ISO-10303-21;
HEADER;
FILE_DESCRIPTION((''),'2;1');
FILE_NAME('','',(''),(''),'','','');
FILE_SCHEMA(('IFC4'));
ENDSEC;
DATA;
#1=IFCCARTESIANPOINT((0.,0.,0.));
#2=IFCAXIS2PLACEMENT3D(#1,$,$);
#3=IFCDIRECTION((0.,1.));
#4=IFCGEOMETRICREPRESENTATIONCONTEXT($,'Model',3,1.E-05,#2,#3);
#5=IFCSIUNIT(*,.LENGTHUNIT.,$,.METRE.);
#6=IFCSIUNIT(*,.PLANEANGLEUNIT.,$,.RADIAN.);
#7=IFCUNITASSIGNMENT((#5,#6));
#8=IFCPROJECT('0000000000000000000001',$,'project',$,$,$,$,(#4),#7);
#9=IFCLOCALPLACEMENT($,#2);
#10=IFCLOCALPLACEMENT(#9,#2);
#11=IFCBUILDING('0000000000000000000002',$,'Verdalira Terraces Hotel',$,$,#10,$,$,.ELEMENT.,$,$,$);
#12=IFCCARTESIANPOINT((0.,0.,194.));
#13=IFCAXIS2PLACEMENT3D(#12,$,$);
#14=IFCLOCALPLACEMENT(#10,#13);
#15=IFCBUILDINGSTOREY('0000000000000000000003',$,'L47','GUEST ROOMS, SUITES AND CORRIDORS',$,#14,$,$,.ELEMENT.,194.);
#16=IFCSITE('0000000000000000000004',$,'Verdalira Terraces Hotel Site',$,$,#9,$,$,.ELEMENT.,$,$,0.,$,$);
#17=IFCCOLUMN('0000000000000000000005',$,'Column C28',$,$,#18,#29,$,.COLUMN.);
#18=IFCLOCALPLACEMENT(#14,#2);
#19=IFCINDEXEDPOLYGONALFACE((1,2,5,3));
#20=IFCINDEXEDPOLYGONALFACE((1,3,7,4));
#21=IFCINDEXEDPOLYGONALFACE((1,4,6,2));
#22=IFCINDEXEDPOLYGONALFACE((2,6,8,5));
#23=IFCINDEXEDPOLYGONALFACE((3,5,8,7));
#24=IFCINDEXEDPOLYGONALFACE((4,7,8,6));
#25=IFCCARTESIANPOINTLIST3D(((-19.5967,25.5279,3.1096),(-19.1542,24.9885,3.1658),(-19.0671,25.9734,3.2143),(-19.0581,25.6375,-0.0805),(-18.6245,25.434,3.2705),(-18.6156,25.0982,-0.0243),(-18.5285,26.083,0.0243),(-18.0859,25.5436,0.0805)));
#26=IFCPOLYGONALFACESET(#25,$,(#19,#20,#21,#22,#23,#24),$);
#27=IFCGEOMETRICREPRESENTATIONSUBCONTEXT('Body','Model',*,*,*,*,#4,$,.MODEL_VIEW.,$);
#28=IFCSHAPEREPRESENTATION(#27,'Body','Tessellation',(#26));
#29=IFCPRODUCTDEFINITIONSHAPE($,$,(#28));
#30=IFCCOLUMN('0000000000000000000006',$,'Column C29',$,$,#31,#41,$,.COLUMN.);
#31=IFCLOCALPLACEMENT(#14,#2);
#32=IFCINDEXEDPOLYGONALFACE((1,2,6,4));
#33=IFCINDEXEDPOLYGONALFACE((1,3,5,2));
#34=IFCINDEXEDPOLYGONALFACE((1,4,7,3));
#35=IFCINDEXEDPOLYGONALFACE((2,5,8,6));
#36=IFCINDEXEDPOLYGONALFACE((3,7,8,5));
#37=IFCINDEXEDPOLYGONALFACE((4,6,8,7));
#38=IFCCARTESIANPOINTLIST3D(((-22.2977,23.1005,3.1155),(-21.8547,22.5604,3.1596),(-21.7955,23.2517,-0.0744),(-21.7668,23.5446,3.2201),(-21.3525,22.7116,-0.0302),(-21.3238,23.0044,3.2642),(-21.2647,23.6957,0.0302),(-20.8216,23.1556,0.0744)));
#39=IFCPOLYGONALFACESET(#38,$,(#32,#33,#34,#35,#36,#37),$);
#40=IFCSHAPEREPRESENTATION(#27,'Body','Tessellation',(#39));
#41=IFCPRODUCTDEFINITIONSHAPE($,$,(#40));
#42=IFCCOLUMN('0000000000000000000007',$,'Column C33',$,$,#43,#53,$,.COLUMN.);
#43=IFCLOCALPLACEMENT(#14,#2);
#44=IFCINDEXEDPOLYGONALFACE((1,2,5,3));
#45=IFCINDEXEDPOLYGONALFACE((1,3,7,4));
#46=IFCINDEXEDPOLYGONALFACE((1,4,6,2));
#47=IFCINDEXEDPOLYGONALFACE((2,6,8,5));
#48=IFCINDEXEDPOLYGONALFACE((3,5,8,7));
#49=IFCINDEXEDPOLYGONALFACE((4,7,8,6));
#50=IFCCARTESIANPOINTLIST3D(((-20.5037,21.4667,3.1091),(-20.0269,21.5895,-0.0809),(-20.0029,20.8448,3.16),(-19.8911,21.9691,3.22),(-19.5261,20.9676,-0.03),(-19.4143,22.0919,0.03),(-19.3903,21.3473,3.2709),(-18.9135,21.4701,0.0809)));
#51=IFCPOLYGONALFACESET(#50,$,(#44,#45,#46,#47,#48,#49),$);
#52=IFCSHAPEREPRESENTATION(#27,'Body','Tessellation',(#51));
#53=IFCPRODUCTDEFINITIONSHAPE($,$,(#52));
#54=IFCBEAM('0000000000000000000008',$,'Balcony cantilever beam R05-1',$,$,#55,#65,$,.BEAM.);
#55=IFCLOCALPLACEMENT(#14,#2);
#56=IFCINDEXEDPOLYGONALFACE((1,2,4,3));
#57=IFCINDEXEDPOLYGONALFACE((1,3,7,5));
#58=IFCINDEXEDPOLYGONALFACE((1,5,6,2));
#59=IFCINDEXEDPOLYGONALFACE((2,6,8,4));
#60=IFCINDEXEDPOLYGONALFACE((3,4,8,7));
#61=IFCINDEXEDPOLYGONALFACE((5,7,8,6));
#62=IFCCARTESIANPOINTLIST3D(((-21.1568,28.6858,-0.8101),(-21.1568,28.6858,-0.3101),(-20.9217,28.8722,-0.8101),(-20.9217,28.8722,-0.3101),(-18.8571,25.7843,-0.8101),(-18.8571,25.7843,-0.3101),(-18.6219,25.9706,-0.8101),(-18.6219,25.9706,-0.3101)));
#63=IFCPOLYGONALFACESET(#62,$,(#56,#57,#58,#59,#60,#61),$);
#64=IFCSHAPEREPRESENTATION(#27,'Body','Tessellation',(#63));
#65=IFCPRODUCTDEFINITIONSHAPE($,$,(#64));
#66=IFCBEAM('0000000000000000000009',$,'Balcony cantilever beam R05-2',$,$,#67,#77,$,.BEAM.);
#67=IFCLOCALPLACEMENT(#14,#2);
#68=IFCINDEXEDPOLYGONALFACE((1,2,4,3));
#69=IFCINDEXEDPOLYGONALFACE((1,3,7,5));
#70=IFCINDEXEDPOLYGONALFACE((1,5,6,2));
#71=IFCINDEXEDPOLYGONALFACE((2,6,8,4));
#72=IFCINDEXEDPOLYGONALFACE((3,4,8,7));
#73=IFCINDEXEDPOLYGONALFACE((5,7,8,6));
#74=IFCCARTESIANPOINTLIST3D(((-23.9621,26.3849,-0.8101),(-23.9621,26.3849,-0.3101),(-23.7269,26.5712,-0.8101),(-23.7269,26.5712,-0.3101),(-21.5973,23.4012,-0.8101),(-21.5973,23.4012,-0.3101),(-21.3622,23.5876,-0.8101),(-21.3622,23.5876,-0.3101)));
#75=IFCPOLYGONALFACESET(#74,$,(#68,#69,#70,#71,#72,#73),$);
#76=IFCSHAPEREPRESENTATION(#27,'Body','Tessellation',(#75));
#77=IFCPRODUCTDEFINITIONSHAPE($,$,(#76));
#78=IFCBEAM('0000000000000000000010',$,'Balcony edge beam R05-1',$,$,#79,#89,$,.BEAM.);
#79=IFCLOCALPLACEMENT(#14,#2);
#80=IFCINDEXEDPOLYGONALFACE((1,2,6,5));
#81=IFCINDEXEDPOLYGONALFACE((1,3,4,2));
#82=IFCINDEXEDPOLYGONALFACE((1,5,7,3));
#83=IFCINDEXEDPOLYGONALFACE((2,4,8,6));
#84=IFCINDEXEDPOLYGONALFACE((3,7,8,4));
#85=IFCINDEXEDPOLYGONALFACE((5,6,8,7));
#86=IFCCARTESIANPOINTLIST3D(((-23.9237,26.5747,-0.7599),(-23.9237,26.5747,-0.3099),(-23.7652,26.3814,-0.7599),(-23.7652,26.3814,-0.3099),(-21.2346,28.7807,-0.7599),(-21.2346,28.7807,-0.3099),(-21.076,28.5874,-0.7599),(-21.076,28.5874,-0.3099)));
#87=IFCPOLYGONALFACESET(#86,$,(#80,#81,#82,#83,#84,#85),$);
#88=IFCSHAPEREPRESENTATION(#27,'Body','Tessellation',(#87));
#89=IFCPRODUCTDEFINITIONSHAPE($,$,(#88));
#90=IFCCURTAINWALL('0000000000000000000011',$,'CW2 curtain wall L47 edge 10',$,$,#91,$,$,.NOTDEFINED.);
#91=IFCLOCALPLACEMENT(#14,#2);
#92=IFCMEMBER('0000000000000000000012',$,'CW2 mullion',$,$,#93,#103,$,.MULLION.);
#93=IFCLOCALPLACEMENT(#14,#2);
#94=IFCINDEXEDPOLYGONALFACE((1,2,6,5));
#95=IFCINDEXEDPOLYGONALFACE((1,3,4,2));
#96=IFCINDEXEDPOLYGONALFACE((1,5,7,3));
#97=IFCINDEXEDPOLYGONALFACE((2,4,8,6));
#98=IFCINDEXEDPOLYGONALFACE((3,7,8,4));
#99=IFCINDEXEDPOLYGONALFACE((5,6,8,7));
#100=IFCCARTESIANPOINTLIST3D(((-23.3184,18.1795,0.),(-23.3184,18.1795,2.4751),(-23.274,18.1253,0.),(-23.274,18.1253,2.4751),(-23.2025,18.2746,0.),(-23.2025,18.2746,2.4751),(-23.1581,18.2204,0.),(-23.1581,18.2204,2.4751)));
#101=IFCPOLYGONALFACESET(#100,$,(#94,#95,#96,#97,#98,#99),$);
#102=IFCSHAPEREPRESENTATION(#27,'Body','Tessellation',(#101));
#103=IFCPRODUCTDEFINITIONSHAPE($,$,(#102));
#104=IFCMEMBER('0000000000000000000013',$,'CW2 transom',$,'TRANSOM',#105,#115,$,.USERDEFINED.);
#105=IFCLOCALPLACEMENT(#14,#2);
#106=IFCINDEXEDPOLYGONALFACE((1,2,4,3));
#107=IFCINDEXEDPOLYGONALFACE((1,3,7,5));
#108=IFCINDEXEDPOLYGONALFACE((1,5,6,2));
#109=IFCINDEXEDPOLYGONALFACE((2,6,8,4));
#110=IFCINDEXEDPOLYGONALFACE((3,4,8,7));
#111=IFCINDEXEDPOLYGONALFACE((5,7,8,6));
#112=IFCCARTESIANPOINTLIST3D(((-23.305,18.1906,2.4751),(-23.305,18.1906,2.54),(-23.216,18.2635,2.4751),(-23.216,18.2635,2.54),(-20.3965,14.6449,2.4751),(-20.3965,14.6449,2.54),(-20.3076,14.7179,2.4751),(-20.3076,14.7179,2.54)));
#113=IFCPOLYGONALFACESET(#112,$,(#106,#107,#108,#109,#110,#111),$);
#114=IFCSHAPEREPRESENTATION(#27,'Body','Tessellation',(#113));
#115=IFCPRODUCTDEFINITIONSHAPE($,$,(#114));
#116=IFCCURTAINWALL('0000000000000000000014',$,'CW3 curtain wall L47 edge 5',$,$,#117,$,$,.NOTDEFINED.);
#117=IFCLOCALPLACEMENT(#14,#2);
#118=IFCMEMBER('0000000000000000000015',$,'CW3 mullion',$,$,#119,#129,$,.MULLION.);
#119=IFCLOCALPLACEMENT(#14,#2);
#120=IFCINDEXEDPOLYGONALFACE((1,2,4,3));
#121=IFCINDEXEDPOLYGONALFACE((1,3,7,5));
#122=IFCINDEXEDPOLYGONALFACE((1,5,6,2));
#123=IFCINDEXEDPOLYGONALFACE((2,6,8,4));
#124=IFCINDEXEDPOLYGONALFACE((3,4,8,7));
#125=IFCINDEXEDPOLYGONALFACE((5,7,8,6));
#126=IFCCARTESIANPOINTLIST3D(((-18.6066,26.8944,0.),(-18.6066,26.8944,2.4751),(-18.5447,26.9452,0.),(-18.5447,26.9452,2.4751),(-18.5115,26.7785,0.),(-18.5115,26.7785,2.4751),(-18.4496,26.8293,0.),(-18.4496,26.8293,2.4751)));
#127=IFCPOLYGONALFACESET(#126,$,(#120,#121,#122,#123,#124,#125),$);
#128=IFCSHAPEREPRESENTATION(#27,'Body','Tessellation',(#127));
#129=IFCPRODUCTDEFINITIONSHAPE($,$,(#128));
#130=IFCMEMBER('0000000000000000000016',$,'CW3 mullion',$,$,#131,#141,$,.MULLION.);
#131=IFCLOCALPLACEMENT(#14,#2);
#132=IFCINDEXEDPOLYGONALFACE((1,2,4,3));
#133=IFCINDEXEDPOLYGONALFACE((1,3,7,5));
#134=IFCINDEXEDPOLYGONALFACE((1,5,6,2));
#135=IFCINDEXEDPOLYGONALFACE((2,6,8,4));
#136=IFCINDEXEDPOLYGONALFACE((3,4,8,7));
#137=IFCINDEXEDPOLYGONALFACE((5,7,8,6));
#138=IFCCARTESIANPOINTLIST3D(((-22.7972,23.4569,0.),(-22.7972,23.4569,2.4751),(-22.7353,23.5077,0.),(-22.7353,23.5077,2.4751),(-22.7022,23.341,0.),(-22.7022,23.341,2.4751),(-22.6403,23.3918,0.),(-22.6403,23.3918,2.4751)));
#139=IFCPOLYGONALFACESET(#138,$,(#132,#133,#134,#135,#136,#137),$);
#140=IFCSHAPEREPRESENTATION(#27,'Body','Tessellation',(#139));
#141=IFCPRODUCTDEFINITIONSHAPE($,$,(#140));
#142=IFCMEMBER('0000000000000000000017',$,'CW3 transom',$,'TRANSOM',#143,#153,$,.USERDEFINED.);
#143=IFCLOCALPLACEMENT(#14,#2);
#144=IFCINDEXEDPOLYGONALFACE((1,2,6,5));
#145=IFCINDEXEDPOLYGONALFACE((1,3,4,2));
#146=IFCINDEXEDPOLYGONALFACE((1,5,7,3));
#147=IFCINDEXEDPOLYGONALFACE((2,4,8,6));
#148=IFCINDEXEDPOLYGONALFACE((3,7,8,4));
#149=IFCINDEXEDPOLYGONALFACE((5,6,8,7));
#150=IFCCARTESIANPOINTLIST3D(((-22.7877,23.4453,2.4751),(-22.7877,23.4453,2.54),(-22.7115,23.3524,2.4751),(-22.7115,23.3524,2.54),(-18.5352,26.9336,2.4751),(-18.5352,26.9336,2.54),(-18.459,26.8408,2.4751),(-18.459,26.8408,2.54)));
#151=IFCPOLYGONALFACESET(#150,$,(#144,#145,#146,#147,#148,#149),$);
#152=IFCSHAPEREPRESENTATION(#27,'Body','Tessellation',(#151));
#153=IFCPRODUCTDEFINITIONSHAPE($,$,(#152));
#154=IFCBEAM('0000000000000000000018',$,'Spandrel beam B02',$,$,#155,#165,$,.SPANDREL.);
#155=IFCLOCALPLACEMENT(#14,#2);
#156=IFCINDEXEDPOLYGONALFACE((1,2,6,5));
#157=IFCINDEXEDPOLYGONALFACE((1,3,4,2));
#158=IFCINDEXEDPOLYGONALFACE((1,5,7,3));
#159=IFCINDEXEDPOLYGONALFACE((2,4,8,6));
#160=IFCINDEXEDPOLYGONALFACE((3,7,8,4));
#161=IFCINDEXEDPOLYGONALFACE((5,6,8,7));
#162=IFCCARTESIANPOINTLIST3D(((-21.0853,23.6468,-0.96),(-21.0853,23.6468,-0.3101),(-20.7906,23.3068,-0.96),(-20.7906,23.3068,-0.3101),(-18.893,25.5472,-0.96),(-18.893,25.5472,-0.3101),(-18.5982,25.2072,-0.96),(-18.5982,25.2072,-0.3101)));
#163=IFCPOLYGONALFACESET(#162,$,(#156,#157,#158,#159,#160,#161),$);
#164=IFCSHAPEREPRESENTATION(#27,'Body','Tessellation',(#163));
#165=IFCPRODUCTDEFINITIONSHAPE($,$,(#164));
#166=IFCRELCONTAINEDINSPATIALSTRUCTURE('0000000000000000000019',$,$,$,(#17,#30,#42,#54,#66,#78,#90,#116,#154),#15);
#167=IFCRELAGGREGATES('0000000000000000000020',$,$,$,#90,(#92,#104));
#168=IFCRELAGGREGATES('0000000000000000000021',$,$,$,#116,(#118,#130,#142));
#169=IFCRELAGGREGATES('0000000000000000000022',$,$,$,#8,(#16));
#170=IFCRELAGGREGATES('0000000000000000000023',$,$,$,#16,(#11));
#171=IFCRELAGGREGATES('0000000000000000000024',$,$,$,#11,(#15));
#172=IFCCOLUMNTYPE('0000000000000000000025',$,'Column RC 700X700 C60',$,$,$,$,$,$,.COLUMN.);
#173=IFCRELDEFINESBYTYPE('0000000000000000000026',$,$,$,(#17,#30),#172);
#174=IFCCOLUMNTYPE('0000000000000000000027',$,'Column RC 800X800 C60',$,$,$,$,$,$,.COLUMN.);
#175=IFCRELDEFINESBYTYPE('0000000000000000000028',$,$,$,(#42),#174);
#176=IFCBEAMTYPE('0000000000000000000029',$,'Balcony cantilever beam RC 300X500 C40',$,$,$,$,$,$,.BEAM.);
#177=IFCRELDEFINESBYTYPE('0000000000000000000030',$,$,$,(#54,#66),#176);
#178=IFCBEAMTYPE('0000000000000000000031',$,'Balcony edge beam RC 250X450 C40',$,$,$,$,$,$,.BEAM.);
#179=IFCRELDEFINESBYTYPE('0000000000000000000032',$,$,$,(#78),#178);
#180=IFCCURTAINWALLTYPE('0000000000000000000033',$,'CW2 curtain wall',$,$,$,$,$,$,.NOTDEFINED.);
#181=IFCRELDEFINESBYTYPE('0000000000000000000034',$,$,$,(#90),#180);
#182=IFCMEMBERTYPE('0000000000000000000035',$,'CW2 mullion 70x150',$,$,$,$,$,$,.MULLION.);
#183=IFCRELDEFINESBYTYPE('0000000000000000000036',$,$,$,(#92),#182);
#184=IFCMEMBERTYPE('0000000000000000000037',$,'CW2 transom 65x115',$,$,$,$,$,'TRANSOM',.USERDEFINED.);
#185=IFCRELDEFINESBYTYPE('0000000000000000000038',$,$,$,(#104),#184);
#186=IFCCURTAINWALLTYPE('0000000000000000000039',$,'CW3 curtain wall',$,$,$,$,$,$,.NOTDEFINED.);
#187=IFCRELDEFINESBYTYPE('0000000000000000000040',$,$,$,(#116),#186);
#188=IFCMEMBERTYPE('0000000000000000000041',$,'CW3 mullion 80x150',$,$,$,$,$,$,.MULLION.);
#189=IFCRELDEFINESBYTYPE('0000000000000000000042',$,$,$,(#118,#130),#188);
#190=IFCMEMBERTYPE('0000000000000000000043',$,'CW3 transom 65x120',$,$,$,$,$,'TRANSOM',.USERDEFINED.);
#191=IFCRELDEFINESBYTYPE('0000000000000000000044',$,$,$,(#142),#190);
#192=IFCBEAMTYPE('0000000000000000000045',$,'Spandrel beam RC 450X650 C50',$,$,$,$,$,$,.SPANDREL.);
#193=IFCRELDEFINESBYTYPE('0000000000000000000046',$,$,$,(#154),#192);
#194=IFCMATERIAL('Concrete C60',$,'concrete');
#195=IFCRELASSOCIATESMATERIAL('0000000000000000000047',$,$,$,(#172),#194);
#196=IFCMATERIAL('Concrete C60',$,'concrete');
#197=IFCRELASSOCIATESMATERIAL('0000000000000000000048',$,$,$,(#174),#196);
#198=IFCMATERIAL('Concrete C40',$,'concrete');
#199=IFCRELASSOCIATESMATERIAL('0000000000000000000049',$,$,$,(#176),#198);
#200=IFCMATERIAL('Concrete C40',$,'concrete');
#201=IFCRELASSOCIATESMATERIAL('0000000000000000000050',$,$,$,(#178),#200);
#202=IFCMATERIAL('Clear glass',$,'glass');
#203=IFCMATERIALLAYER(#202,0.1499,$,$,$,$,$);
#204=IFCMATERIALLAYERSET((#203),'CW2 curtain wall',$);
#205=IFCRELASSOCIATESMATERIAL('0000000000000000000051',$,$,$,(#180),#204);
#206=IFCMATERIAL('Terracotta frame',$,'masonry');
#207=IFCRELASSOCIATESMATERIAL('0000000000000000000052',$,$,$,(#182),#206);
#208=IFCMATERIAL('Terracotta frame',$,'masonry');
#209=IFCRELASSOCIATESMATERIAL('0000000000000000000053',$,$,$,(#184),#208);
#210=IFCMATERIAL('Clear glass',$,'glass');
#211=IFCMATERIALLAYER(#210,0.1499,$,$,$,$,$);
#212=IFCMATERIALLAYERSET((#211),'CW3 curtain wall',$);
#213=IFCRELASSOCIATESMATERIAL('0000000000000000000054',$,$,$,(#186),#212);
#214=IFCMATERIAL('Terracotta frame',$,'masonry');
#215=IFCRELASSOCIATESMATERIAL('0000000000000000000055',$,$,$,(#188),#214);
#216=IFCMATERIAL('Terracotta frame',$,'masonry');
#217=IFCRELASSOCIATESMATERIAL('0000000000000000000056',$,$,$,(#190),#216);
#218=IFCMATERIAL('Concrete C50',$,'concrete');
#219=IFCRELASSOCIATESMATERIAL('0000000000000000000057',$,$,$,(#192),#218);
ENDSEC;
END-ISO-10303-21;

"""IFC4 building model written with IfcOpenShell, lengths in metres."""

from ifc_helpers import new_model, si_unit, direction, frame, origin, origin_2d, place, context, subcontext, project, spatial, rectangle, extrude, material, layer, layer_set, material_profile, profile_set, type_object, element, aggregate, save


model = new_model("IFC4")

# Units and contexts
model_context = context("Model", 3, precision=1e-05, world=origin(), true_north=direction((0.0, 1.0)))
body_context = subcontext(model_context, "Body", "Model", "MODEL_VIEW")
ifc_project = project(units=[si_unit("LENGTHUNIT", "METRE"), si_unit("PLANEANGLEUNIT", "RADIAN")], contexts=[model_context])

# Site, building, storey
site_placement = place(None, origin())
site = spatial("IfcSite", under=ifc_project, at=site_placement, Name="Verdalira Terraces Hotel Site", CompositionType="ELEMENT", RefElevation=0.0)
building_placement = place(site_placement, origin())
building = spatial("IfcBuilding", under=site, at=building_placement, Name="Verdalira Terraces Hotel", CompositionType="ELEMENT")
storey_placement = place(building_placement, frame((0.0, 0.0, 194.0)))
storey = spatial("IfcBuildingStorey", under=building, at=storey_placement, Name="L47", Description="GUEST ROOMS, SUITES AND CORRIDORS", CompositionType="ELEMENT", Elevation=194.0)

# Columns
ifc_material_1 = material(Name="Concrete C60", Category="concrete")
ifc_material_profile_1 = material_profile(ifc_material_1, rectangle(XDim=0.7, YDim=0.7, at=origin_2d()), Name="RC 700X700")
ifc_profile_set_1 = profile_set([ifc_material_profile_1], Name="Concrete C60")
column_type_1 = type_object("IfcColumnType", Name="Column RC 700X700 C60", PredefinedType="COLUMN", material=ifc_profile_set_1)
column_1_placement = place(storey_placement, frame((-18.572, 25.5906, 0.0), z_axis=(-0.166384, -0.033865, 0.985479), x_axis=(-0.756669, -0.636447, -0.149623)))
element("IfcColumn", 1, at=column_1_placement, inside=storey, type_object=column_type_1, Name="Column C28", PredefinedType="COLUMN", context=body_context, shape_type="SweptSolid", body=[
    extrude(rectangle(XDim=0.7, YDim=0.7, at=origin_2d()), origin(), (0.0, 0.0, 1.0), 3.2371),
])
column_2_placement = place(storey_placement, frame((-21.3086, 23.2036, 0.0), z_axis=(-0.155346, -0.046747, 0.986753), x_axis=(-0.758462, -0.634348, -0.149458)))
element("IfcColumn", 2, at=column_2_placement, inside=storey, type_object=column_type_1, Name="Column C29", PredefinedType="COLUMN", context=body_context, shape_type="SweptSolid", body=[
    extrude(rectangle(XDim=0.7, YDim=0.7, at=origin_2d()), origin(), (0.0, 0.0, 1.0), 3.2327),
])
ifc_material_2 = material(Name="Concrete C60", Category="concrete")
ifc_material_profile_2 = material_profile(ifc_material_2, rectangle(XDim=0.8, YDim=0.8, at=origin_2d()), Name="RC 800X800")
ifc_profile_set_2 = profile_set([ifc_material_profile_2], Name="Concrete C60")
column_type_2 = type_object("IfcColumnType", Name="Column RC 800X800 C60", PredefinedType="COLUMN", material=ifc_profile_set_2)
column_3_placement = place(storey_placement, frame((-19.4702, 21.5298, 0.0), z_axis=(-0.147723, -0.038046, 0.988297), x_axis=(-0.625986, 0.777233, -0.063646)))
element("IfcColumn", 3, at=column_3_placement, inside=storey, type_object=column_type_2, Name="Column C33", PredefinedType="COLUMN", context=body_context, shape_type="SweptSolid", body=[
    extrude(rectangle(XDim=0.8, YDim=0.8, at=origin_2d()), origin(), (0.0, 0.0, 1.0), 3.2278),
])

# Beams
ifc_material_3 = material(Name="Concrete C40", Category="concrete")
ifc_material_profile_3 = material_profile(ifc_material_3, rectangle(XDim=0.3, YDim=0.5, at=origin_2d()), Name="RC 300X500")
ifc_profile_set_3 = profile_set([ifc_material_profile_3], Name="Concrete C40")
beam_type_1 = type_object("IfcBeamType", Name="Balcony cantilever beam RC 300X500 C40", PredefinedType="BEAM", material=ifc_profile_set_3)
beam_1_placement = place(storey_placement, frame((-18.7395, 25.8774, -0.5601), z_axis=(-0.62115, 0.783691, 0.0), x_axis=(-0.783691, -0.62115, 0.0)))
element("IfcBeam", 4, at=beam_1_placement, inside=storey, type_object=beam_type_1, Name="Balcony cantilever beam R05-1", PredefinedType="BEAM", context=body_context, shape_type="SweptSolid", body=[
    extrude(rectangle(XDim=0.3, YDim=0.5, at=origin_2d()), origin(), (0.0, 0.0, 1.0), 3.7024),
])
beam_2_placement = place(storey_placement, frame((-21.4797, 23.4944, -0.5601), z_axis=(-0.621138, 0.783701, 0.0), x_axis=(-0.783701, -0.621138, 0.0)))
element("IfcBeam", 5, at=beam_2_placement, inside=storey, type_object=beam_type_1, Name="Balcony cantilever beam R05-2", PredefinedType="BEAM", context=body_context, shape_type="SweptSolid", body=[
    extrude(rectangle(XDim=0.3, YDim=0.5, at=origin_2d()), origin(), (0.0, 0.0, 1.0), 3.8071),
])
ifc_material_4 = material(Name="Concrete C40", Category="concrete")
ifc_material_profile_4 = material_profile(ifc_material_4, rectangle(XDim=0.25, YDim=0.45, at=origin_2d()), Name="RC 250X450")
ifc_profile_set_4 = profile_set([ifc_material_profile_4], Name="Concrete C40")
beam_type_2 = type_object("IfcBeamType", Name="Balcony edge beam RC 250X450 C40", PredefinedType="BEAM", material=ifc_profile_set_4)
beam_3_placement = place(storey_placement, frame((-21.1553, 28.6841, -0.5349), z_axis=(-0.77314, -0.634235, 0.0), x_axis=(0.634235, -0.77314, 0.0)))
element("IfcBeam", 6, at=beam_3_placement, inside=storey, type_object=beam_type_2, Name="Balcony edge beam R05-1", PredefinedType="BEAM", context=body_context, shape_type="SweptSolid", body=[
    extrude(rectangle(XDim=0.25, YDim=0.45, at=origin_2d()), origin(), (0.0, 0.0, 1.0), 3.4783),
])

# Curtain walls, members
ifc_material_5 = material(Name="Clear glass", Category="glass")
ifc_layer_1 = layer(ifc_material_5, 0.1499)
ifc_layer_set_1 = layer_set([ifc_layer_1], Name="CW2 curtain wall")
curtain_wall_type_1 = type_object("IfcCurtainWallType", Name="CW2 curtain wall", PredefinedType="NOTDEFINED", material=ifc_layer_set_1)
curtain_wall_1_placement = place(storey_placement, origin())
curtain_wall_1 = element("IfcCurtainWall", 7, at=curtain_wall_1_placement, inside=storey, type_object=curtain_wall_type_1, Name="CW2 curtain wall L47 edge 10", PredefinedType="NOTDEFINED")
ifc_material_6 = material(Name="Terracotta frame", Category="masonry")
ifc_material_profile_5 = material_profile(ifc_material_6, rectangle(XDim=0.0701, YDim=0.1499, at=origin_2d()), Name="MU 70x150")
ifc_profile_set_5 = profile_set([ifc_material_profile_5], Name="Terracotta frame")
member_type_1 = type_object("IfcMemberType", Name="CW2 mullion 70x150", PredefinedType="MULLION", material=ifc_profile_set_5)
member_1_placement = place(storey_placement, frame((-23.2383, 18.2, 0.0), z_axis=(0.0, 0.0, 1.0), x_axis=(0.634191, -0.773177, 0.0)))
member_1 = element("IfcMember", 8, at=member_1_placement, type_object=member_type_1, Name="CW2 mullion", PredefinedType="MULLION", context=body_context, shape_type="SweptSolid", body=[
    extrude(rectangle(XDim=0.0701, YDim=0.1499, at=origin_2d()), origin(), (0.0, 0.0, 1.0), 2.4751),
])
ifc_material_7 = material(Name="Terracotta frame", Category="masonry")
ifc_material_profile_6 = material_profile(ifc_material_7, rectangle(XDim=0.115, YDim=0.0649, at=origin_2d()), Name="TR 65x115")
ifc_profile_set_6 = profile_set([ifc_material_profile_6], Name="Terracotta frame")
member_type_2 = type_object("IfcMemberType", Name="CW2 transom 65x115", ElementType="TRANSOM", PredefinedType="USERDEFINED", material=ifc_profile_set_6)
member_2_placement = place(storey_placement, frame((-23.2605, 18.2271, 2.5076), z_axis=(0.634211, -0.77316, 0.0), x_axis=(0.77316, 0.634211, 0.0)))
member_2 = element("IfcMember", 9, at=member_2_placement, type_object=member_type_2, Name="CW2 transom", ObjectType="TRANSOM", PredefinedType="USERDEFINED", context=body_context, shape_type="SweptSolid", body=[
    extrude(rectangle(XDim=0.115, YDim=0.0649, at=origin_2d()), origin(), (0.0, 0.0, 1.0), 4.5859),
])
aggregate(curtain_wall_1, [member_1, member_2])
ifc_material_8 = material(Name="Clear glass", Category="glass")
ifc_layer_2 = layer(ifc_material_8, 0.1499)
ifc_layer_set_2 = layer_set([ifc_layer_2], Name="CW3 curtain wall")
curtain_wall_type_2 = type_object("IfcCurtainWallType", Name="CW3 curtain wall", PredefinedType="NOTDEFINED", material=ifc_layer_set_2)
curtain_wall_2_placement = place(storey_placement, origin())
curtain_wall_2 = element("IfcCurtainWall", 10, at=curtain_wall_2_placement, inside=storey, type_object=curtain_wall_type_2, Name="CW3 curtain wall L47 edge 5", PredefinedType="NOTDEFINED")
ifc_material_9 = material(Name="Terracotta frame", Category="masonry")
ifc_material_profile_7 = material_profile(ifc_material_9, rectangle(XDim=0.0801, YDim=0.1499, at=origin_2d()), Name="MU 80x150")
ifc_profile_set_7 = profile_set([ifc_material_profile_7], Name="Terracotta frame")
member_type_3 = type_object("IfcMemberType", Name="CW3 mullion 80x150", PredefinedType="MULLION", material=ifc_profile_set_7)
member_3_placement = place(storey_placement, frame((-18.5281, 26.8618, 0.0), z_axis=(0.0, 0.0, 1.0), x_axis=(-0.773177, -0.634191, 0.0)))
member_3 = element("IfcMember", 11, at=member_3_placement, type_object=member_type_3, Name="CW3 mullion", PredefinedType="MULLION", context=body_context, shape_type="SweptSolid", body=[
    extrude(rectangle(XDim=0.0801, YDim=0.1499, at=origin_2d()), origin(), (0.0, 0.0, 1.0), 2.4751),
])
member_4_placement = place(storey_placement, frame((-22.7188, 23.4243, 0.0), z_axis=(0.0, 0.0, 1.0), x_axis=(-0.773177, -0.634191, 0.0)))
member_4 = element("IfcMember", 12, at=member_4_placement, type_object=member_type_3, Name="CW3 mullion", PredefinedType="MULLION", context=body_context, shape_type="SweptSolid", body=[
    extrude(rectangle(XDim=0.0801, YDim=0.1499, at=origin_2d()), origin(), (0.0, 0.0, 1.0), 2.4751),
])
ifc_material_10 = material(Name="Terracotta frame", Category="masonry")
ifc_material_profile_8 = material_profile(ifc_material_10, rectangle(XDim=0.1201, YDim=0.0649, at=origin_2d()), Name="TR 65x120")
ifc_profile_set_8 = profile_set([ifc_material_profile_8], Name="Terracotta frame")
member_type_4 = type_object("IfcMemberType", Name="CW3 transom 65x120", ElementType="TRANSOM", PredefinedType="USERDEFINED", material=ifc_profile_set_8)
member_5_placement = place(storey_placement, frame((-18.4971, 26.8872, 2.5076), z_axis=(-0.773154, -0.634219, 0.0), x_axis=(0.634219, -0.773154, 0.0)))
member_5 = element("IfcMember", 13, at=member_5_placement, type_object=member_type_4, Name="CW3 transom", ObjectType="TRANSOM", PredefinedType="USERDEFINED", context=body_context, shape_type="SweptSolid", body=[
    extrude(rectangle(XDim=0.1201, YDim=0.0649, at=origin_2d()), origin(), (0.0, 0.0, 1.0), 5.5002),
])

# Beam
ifc_material_11 = material(Name="Concrete C50", Category="concrete")
ifc_material_profile_9 = material_profile(ifc_material_11, rectangle(XDim=0.45, YDim=0.6499, at=origin_2d()), Name="RC 450X650")
ifc_profile_set_9 = profile_set([ifc_material_profile_9], Name="Concrete C50")
beam_type_3 = type_object("IfcBeamType", Name="Spandrel beam RC 450X650 C50", PredefinedType="SPANDREL", material=ifc_profile_set_9)
beam_4_placement = place(storey_placement, frame((-18.7456, 25.3772, -0.635), z_axis=(-0.755634, -0.654995, 0.0), x_axis=(0.654995, -0.755634, 0.0)))
element("IfcBeam", 14, at=beam_4_placement, inside=storey, type_object=beam_type_3, Name="Spandrel beam B02", PredefinedType="SPANDREL", context=body_context, shape_type="SweptSolid", body=[
    extrude(rectangle(XDim=0.45, YDim=0.6499, at=origin_2d()), origin(), (0.0, 0.0, 1.0), 2.9014),
])

aggregate(curtain_wall_2, [member_3, member_4, member_5])

save(model, "model.ifc")
